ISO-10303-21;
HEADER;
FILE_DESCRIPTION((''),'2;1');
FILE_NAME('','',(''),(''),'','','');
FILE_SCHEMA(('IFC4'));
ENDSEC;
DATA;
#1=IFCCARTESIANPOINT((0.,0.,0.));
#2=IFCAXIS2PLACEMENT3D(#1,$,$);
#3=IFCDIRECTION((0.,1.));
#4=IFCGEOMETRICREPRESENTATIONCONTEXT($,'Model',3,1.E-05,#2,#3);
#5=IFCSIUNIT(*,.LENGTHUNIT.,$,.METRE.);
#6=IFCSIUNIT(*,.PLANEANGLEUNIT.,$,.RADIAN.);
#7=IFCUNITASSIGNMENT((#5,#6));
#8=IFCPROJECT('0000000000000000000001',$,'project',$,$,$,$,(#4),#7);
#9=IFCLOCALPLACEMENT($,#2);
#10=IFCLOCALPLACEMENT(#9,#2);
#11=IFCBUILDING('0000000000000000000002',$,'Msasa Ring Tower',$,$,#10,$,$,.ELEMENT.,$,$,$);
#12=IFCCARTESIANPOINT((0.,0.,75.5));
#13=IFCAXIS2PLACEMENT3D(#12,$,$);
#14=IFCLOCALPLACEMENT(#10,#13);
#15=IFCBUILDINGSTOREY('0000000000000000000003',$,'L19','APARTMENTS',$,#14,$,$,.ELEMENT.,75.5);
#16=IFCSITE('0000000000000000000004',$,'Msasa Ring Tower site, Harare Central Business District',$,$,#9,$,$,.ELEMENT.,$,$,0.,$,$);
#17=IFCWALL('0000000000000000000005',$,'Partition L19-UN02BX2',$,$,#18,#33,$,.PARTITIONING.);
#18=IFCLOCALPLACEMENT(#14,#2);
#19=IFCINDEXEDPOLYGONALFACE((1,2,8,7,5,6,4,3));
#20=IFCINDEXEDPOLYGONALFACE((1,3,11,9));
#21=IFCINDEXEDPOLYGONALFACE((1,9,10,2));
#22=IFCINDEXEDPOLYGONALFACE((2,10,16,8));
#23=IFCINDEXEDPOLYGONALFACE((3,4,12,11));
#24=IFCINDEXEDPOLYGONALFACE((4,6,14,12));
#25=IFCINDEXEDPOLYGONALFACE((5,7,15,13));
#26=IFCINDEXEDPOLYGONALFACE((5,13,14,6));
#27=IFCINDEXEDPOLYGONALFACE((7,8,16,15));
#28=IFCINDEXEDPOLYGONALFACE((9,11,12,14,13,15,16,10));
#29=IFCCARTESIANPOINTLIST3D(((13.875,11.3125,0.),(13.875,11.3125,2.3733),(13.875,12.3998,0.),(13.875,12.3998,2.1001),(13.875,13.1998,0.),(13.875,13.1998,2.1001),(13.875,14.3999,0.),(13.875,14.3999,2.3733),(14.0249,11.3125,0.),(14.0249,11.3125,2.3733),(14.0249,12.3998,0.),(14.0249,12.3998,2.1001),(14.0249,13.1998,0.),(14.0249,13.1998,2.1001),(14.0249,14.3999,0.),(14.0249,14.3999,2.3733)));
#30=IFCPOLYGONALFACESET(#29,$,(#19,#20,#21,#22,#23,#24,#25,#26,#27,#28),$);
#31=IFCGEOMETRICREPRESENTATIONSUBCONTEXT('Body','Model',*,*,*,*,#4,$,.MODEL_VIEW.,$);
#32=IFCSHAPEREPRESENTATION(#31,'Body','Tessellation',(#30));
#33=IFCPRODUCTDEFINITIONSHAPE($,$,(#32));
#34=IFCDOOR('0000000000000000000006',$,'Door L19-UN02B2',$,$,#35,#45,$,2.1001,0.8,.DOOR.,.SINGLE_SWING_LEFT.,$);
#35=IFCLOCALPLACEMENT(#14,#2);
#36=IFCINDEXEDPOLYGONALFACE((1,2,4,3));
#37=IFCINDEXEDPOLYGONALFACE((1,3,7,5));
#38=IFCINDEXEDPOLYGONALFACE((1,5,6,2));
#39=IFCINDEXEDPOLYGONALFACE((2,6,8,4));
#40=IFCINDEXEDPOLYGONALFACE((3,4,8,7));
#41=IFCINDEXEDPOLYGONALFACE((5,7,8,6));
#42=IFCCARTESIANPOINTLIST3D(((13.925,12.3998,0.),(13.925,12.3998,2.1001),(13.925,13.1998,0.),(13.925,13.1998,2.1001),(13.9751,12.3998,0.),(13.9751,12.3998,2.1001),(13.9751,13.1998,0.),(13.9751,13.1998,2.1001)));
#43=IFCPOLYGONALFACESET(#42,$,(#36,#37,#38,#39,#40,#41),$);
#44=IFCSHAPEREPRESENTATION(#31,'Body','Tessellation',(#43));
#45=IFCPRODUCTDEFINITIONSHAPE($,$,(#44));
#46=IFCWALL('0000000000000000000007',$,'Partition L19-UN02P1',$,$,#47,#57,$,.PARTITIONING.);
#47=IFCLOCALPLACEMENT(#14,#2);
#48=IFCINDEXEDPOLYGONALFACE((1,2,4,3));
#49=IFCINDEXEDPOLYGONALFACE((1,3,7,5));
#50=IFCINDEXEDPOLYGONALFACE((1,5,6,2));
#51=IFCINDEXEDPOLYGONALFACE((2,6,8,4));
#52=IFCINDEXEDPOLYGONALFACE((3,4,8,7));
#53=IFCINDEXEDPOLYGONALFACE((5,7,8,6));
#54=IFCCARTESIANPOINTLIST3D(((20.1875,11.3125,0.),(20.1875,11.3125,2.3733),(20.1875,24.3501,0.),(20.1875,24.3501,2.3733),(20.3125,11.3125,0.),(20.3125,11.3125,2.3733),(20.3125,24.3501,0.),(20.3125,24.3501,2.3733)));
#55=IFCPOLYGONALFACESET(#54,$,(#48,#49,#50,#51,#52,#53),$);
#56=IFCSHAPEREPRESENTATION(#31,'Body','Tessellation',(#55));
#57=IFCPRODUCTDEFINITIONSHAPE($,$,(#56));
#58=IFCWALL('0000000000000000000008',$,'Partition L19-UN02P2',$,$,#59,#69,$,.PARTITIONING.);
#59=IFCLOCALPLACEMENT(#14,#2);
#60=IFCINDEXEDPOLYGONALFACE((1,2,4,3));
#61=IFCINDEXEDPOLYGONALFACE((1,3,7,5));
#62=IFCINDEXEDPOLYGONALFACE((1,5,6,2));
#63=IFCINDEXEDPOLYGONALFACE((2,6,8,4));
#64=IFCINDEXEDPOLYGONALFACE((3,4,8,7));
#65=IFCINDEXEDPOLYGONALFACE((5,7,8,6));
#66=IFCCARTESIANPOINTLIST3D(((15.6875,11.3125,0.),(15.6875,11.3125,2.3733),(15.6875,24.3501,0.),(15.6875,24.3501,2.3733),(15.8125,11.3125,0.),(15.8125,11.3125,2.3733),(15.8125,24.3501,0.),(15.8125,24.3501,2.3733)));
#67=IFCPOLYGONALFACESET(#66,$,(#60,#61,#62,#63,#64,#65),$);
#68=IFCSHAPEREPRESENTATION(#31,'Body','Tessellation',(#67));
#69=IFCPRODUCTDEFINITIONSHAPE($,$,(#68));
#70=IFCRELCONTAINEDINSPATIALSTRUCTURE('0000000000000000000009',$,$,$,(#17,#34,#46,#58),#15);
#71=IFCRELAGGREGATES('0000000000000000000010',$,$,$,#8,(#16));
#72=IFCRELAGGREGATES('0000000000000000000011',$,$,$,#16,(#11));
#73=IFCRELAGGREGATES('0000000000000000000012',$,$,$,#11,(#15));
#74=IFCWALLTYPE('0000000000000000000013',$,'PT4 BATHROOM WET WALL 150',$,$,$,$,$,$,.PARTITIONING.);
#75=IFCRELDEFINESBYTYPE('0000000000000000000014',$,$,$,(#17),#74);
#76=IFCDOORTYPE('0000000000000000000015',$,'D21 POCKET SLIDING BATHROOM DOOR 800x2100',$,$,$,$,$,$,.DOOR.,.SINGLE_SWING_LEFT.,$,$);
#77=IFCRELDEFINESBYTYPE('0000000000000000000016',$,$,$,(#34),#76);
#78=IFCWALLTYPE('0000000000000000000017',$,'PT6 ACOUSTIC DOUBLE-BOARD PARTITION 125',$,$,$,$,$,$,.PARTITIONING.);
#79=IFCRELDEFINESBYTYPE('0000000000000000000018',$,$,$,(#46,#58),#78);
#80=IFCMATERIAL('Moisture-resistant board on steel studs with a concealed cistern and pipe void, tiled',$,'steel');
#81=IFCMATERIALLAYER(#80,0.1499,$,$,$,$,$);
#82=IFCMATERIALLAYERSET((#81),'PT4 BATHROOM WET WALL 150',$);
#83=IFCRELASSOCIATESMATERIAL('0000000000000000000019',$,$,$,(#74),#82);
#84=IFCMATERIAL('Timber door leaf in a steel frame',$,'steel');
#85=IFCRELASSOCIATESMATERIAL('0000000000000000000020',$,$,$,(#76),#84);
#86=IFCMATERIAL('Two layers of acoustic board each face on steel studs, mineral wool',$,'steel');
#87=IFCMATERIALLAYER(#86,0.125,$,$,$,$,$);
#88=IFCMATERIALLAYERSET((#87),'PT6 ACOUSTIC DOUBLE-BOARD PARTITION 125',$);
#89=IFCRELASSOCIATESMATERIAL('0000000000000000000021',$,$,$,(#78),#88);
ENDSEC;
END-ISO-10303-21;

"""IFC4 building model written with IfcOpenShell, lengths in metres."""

from ifc_helpers import new_model, si_unit, direction, frame, frame_2d, origin, place, context, subcontext, project, spatial, rectangle, extrude, material, layer, layer_set, type_object, element, fill, save


model = new_model("IFC4")

# Units and contexts
model_context = context("Model", 3, precision=1e-05, world=origin(), true_north=direction((0.0, 1.0)))
body_context = subcontext(model_context, "Body", "Model", "MODEL_VIEW")
ifc_project = project(units=[si_unit("LENGTHUNIT", "METRE"), si_unit("PLANEANGLEUNIT", "RADIAN")], contexts=[model_context])

# Site, building, storey
site_placement = place(None, origin())
site = spatial("IfcSite", under=ifc_project, at=site_placement, Name="Msasa Ring Tower site, Harare Central Business District", CompositionType="ELEMENT", RefElevation=0.0)
building_placement = place(site_placement, origin())
building = spatial("IfcBuilding", under=site, at=building_placement, Name="Msasa Ring Tower", CompositionType="ELEMENT")
storey_placement = place(building_placement, frame((0.0, 0.0, 75.5)))
storey = spatial("IfcBuildingStorey", under=building, at=storey_placement, Name="L19", Description="APARTMENTS", CompositionType="ELEMENT", Elevation=75.5)

# Shared definitions
ifc_material_1 = material(Name="Moisture-resistant board on steel studs with a concealed cistern and pipe void, tiled", Category="steel")
ifc_layer_1 = layer(ifc_material_1, 0.1499)
ifc_layer_set_1 = layer_set([ifc_layer_1], Name="PT4 BATHROOM WET WALL 150")
wall_type_1 = type_object("IfcWallType", Name="PT4 BATHROOM WET WALL 150", PredefinedType="PARTITIONING", material=ifc_layer_set_1)
ifc_material_2 = material(Name="Timber door leaf in a steel frame", Category="steel")
door_type_1 = type_object("IfcDoorType", Name="D21 POCKET SLIDING BATHROOM DOOR 800x2100", OperationType="SINGLE_SWING_LEFT", PredefinedType="DOOR", material=ifc_material_2)

# Wall, opening, door
wall_1_placement = place(storey_placement, frame((13.95, 11.3125, 0.0), z_axis=(0.0, 0.0, 1.0), x_axis=(0.0, 1.0, 0.0)))
wall_1 = element("IfcWall", 1, at=wall_1_placement, inside=storey, type_object=wall_type_1, Name="Partition L19-UN02BX2", PredefinedType="PARTITIONING", context=body_context, shape_type="SweptSolid", body=[
    extrude(rectangle(XDim=3.0874, YDim=0.1499, at=frame_2d((1.5437, 0.0))), origin(), (0.0, 0.0, 1.0), 2.3733),
])
opening_1_placement = place(wall_1_placement, frame((1.0874, 0.0, 0.0)))
opening_1 = element("IfcOpeningElement", 2, at=opening_1_placement, cuts=wall_1, PredefinedType="OPENING", context=body_context, shape_type="SweptSolid", body=[
    extrude(rectangle(XDim=0.8, YDim=2.1001, at=frame_2d((0.3999, 1.05))), frame((0.0, 0.085, 0.0), z_axis=(0.0, -1.0, 0.0), x_axis=(1.0, 0.0, 0.0)), (0.0, 0.0, 1.0), 0.1699),
])
door_1_placement = place(opening_1_placement, origin())
door_1 = element("IfcDoor", 3, at=door_1_placement, inside=storey, type_object=door_type_1, Name="Door L19-UN02B2", OperationType="SINGLE_SWING_LEFT", OverallHeight=2.1001, OverallWidth=0.8, PredefinedType="DOOR", context=body_context, shape_type="SweptSolid", body=[
    extrude(rectangle(XDim=0.8, YDim=2.1001, at=frame_2d((0.3999, 1.05))), frame((0.0, 0.0249, 0.0), z_axis=(0.0, -1.0, 0.0), x_axis=(1.0, 0.0, 0.0)), (0.0, 0.0, 1.0), 0.05),
])
fill(opening_1, door_1)

# Walls
ifc_material_3 = material(Name="Two layers of acoustic board each face on steel studs, mineral wool", Category="steel")
ifc_layer_2 = layer(ifc_material_3, 0.125)
ifc_layer_set_2 = layer_set([ifc_layer_2], Name="PT6 ACOUSTIC DOUBLE-BOARD PARTITION 125")
wall_type_2 = type_object("IfcWallType", Name="PT6 ACOUSTIC DOUBLE-BOARD PARTITION 125", PredefinedType="PARTITIONING", material=ifc_layer_set_2)
for number, where, z_axis, x_axis, name in (
    (4, (20.25, 11.3125, 0.0), (0.0, 0.0, 1.0), (0.0, 1.0, 0.0), "Partition L19-UN02P1"),
    (5, (15.75, 11.3125, 0.0), (0.0, 0.0, 1.0), (0.0, 1.0, 0.0), "Partition L19-UN02P2"),
):
    element("IfcWall", number, at=place(storey_placement, frame(where, z_axis=z_axis, x_axis=x_axis)), inside=storey, type_object=wall_type_2, Name=name, PredefinedType="PARTITIONING", context=body_context, shape_type="SweptSolid", body=[
        extrude(rectangle(XDim=13.0376, YDim=0.125, at=frame_2d((6.5188, 0.0))), origin(), (0.0, 0.0, 1.0), 2.3733),
    ])

save(model, "model.ifc")
